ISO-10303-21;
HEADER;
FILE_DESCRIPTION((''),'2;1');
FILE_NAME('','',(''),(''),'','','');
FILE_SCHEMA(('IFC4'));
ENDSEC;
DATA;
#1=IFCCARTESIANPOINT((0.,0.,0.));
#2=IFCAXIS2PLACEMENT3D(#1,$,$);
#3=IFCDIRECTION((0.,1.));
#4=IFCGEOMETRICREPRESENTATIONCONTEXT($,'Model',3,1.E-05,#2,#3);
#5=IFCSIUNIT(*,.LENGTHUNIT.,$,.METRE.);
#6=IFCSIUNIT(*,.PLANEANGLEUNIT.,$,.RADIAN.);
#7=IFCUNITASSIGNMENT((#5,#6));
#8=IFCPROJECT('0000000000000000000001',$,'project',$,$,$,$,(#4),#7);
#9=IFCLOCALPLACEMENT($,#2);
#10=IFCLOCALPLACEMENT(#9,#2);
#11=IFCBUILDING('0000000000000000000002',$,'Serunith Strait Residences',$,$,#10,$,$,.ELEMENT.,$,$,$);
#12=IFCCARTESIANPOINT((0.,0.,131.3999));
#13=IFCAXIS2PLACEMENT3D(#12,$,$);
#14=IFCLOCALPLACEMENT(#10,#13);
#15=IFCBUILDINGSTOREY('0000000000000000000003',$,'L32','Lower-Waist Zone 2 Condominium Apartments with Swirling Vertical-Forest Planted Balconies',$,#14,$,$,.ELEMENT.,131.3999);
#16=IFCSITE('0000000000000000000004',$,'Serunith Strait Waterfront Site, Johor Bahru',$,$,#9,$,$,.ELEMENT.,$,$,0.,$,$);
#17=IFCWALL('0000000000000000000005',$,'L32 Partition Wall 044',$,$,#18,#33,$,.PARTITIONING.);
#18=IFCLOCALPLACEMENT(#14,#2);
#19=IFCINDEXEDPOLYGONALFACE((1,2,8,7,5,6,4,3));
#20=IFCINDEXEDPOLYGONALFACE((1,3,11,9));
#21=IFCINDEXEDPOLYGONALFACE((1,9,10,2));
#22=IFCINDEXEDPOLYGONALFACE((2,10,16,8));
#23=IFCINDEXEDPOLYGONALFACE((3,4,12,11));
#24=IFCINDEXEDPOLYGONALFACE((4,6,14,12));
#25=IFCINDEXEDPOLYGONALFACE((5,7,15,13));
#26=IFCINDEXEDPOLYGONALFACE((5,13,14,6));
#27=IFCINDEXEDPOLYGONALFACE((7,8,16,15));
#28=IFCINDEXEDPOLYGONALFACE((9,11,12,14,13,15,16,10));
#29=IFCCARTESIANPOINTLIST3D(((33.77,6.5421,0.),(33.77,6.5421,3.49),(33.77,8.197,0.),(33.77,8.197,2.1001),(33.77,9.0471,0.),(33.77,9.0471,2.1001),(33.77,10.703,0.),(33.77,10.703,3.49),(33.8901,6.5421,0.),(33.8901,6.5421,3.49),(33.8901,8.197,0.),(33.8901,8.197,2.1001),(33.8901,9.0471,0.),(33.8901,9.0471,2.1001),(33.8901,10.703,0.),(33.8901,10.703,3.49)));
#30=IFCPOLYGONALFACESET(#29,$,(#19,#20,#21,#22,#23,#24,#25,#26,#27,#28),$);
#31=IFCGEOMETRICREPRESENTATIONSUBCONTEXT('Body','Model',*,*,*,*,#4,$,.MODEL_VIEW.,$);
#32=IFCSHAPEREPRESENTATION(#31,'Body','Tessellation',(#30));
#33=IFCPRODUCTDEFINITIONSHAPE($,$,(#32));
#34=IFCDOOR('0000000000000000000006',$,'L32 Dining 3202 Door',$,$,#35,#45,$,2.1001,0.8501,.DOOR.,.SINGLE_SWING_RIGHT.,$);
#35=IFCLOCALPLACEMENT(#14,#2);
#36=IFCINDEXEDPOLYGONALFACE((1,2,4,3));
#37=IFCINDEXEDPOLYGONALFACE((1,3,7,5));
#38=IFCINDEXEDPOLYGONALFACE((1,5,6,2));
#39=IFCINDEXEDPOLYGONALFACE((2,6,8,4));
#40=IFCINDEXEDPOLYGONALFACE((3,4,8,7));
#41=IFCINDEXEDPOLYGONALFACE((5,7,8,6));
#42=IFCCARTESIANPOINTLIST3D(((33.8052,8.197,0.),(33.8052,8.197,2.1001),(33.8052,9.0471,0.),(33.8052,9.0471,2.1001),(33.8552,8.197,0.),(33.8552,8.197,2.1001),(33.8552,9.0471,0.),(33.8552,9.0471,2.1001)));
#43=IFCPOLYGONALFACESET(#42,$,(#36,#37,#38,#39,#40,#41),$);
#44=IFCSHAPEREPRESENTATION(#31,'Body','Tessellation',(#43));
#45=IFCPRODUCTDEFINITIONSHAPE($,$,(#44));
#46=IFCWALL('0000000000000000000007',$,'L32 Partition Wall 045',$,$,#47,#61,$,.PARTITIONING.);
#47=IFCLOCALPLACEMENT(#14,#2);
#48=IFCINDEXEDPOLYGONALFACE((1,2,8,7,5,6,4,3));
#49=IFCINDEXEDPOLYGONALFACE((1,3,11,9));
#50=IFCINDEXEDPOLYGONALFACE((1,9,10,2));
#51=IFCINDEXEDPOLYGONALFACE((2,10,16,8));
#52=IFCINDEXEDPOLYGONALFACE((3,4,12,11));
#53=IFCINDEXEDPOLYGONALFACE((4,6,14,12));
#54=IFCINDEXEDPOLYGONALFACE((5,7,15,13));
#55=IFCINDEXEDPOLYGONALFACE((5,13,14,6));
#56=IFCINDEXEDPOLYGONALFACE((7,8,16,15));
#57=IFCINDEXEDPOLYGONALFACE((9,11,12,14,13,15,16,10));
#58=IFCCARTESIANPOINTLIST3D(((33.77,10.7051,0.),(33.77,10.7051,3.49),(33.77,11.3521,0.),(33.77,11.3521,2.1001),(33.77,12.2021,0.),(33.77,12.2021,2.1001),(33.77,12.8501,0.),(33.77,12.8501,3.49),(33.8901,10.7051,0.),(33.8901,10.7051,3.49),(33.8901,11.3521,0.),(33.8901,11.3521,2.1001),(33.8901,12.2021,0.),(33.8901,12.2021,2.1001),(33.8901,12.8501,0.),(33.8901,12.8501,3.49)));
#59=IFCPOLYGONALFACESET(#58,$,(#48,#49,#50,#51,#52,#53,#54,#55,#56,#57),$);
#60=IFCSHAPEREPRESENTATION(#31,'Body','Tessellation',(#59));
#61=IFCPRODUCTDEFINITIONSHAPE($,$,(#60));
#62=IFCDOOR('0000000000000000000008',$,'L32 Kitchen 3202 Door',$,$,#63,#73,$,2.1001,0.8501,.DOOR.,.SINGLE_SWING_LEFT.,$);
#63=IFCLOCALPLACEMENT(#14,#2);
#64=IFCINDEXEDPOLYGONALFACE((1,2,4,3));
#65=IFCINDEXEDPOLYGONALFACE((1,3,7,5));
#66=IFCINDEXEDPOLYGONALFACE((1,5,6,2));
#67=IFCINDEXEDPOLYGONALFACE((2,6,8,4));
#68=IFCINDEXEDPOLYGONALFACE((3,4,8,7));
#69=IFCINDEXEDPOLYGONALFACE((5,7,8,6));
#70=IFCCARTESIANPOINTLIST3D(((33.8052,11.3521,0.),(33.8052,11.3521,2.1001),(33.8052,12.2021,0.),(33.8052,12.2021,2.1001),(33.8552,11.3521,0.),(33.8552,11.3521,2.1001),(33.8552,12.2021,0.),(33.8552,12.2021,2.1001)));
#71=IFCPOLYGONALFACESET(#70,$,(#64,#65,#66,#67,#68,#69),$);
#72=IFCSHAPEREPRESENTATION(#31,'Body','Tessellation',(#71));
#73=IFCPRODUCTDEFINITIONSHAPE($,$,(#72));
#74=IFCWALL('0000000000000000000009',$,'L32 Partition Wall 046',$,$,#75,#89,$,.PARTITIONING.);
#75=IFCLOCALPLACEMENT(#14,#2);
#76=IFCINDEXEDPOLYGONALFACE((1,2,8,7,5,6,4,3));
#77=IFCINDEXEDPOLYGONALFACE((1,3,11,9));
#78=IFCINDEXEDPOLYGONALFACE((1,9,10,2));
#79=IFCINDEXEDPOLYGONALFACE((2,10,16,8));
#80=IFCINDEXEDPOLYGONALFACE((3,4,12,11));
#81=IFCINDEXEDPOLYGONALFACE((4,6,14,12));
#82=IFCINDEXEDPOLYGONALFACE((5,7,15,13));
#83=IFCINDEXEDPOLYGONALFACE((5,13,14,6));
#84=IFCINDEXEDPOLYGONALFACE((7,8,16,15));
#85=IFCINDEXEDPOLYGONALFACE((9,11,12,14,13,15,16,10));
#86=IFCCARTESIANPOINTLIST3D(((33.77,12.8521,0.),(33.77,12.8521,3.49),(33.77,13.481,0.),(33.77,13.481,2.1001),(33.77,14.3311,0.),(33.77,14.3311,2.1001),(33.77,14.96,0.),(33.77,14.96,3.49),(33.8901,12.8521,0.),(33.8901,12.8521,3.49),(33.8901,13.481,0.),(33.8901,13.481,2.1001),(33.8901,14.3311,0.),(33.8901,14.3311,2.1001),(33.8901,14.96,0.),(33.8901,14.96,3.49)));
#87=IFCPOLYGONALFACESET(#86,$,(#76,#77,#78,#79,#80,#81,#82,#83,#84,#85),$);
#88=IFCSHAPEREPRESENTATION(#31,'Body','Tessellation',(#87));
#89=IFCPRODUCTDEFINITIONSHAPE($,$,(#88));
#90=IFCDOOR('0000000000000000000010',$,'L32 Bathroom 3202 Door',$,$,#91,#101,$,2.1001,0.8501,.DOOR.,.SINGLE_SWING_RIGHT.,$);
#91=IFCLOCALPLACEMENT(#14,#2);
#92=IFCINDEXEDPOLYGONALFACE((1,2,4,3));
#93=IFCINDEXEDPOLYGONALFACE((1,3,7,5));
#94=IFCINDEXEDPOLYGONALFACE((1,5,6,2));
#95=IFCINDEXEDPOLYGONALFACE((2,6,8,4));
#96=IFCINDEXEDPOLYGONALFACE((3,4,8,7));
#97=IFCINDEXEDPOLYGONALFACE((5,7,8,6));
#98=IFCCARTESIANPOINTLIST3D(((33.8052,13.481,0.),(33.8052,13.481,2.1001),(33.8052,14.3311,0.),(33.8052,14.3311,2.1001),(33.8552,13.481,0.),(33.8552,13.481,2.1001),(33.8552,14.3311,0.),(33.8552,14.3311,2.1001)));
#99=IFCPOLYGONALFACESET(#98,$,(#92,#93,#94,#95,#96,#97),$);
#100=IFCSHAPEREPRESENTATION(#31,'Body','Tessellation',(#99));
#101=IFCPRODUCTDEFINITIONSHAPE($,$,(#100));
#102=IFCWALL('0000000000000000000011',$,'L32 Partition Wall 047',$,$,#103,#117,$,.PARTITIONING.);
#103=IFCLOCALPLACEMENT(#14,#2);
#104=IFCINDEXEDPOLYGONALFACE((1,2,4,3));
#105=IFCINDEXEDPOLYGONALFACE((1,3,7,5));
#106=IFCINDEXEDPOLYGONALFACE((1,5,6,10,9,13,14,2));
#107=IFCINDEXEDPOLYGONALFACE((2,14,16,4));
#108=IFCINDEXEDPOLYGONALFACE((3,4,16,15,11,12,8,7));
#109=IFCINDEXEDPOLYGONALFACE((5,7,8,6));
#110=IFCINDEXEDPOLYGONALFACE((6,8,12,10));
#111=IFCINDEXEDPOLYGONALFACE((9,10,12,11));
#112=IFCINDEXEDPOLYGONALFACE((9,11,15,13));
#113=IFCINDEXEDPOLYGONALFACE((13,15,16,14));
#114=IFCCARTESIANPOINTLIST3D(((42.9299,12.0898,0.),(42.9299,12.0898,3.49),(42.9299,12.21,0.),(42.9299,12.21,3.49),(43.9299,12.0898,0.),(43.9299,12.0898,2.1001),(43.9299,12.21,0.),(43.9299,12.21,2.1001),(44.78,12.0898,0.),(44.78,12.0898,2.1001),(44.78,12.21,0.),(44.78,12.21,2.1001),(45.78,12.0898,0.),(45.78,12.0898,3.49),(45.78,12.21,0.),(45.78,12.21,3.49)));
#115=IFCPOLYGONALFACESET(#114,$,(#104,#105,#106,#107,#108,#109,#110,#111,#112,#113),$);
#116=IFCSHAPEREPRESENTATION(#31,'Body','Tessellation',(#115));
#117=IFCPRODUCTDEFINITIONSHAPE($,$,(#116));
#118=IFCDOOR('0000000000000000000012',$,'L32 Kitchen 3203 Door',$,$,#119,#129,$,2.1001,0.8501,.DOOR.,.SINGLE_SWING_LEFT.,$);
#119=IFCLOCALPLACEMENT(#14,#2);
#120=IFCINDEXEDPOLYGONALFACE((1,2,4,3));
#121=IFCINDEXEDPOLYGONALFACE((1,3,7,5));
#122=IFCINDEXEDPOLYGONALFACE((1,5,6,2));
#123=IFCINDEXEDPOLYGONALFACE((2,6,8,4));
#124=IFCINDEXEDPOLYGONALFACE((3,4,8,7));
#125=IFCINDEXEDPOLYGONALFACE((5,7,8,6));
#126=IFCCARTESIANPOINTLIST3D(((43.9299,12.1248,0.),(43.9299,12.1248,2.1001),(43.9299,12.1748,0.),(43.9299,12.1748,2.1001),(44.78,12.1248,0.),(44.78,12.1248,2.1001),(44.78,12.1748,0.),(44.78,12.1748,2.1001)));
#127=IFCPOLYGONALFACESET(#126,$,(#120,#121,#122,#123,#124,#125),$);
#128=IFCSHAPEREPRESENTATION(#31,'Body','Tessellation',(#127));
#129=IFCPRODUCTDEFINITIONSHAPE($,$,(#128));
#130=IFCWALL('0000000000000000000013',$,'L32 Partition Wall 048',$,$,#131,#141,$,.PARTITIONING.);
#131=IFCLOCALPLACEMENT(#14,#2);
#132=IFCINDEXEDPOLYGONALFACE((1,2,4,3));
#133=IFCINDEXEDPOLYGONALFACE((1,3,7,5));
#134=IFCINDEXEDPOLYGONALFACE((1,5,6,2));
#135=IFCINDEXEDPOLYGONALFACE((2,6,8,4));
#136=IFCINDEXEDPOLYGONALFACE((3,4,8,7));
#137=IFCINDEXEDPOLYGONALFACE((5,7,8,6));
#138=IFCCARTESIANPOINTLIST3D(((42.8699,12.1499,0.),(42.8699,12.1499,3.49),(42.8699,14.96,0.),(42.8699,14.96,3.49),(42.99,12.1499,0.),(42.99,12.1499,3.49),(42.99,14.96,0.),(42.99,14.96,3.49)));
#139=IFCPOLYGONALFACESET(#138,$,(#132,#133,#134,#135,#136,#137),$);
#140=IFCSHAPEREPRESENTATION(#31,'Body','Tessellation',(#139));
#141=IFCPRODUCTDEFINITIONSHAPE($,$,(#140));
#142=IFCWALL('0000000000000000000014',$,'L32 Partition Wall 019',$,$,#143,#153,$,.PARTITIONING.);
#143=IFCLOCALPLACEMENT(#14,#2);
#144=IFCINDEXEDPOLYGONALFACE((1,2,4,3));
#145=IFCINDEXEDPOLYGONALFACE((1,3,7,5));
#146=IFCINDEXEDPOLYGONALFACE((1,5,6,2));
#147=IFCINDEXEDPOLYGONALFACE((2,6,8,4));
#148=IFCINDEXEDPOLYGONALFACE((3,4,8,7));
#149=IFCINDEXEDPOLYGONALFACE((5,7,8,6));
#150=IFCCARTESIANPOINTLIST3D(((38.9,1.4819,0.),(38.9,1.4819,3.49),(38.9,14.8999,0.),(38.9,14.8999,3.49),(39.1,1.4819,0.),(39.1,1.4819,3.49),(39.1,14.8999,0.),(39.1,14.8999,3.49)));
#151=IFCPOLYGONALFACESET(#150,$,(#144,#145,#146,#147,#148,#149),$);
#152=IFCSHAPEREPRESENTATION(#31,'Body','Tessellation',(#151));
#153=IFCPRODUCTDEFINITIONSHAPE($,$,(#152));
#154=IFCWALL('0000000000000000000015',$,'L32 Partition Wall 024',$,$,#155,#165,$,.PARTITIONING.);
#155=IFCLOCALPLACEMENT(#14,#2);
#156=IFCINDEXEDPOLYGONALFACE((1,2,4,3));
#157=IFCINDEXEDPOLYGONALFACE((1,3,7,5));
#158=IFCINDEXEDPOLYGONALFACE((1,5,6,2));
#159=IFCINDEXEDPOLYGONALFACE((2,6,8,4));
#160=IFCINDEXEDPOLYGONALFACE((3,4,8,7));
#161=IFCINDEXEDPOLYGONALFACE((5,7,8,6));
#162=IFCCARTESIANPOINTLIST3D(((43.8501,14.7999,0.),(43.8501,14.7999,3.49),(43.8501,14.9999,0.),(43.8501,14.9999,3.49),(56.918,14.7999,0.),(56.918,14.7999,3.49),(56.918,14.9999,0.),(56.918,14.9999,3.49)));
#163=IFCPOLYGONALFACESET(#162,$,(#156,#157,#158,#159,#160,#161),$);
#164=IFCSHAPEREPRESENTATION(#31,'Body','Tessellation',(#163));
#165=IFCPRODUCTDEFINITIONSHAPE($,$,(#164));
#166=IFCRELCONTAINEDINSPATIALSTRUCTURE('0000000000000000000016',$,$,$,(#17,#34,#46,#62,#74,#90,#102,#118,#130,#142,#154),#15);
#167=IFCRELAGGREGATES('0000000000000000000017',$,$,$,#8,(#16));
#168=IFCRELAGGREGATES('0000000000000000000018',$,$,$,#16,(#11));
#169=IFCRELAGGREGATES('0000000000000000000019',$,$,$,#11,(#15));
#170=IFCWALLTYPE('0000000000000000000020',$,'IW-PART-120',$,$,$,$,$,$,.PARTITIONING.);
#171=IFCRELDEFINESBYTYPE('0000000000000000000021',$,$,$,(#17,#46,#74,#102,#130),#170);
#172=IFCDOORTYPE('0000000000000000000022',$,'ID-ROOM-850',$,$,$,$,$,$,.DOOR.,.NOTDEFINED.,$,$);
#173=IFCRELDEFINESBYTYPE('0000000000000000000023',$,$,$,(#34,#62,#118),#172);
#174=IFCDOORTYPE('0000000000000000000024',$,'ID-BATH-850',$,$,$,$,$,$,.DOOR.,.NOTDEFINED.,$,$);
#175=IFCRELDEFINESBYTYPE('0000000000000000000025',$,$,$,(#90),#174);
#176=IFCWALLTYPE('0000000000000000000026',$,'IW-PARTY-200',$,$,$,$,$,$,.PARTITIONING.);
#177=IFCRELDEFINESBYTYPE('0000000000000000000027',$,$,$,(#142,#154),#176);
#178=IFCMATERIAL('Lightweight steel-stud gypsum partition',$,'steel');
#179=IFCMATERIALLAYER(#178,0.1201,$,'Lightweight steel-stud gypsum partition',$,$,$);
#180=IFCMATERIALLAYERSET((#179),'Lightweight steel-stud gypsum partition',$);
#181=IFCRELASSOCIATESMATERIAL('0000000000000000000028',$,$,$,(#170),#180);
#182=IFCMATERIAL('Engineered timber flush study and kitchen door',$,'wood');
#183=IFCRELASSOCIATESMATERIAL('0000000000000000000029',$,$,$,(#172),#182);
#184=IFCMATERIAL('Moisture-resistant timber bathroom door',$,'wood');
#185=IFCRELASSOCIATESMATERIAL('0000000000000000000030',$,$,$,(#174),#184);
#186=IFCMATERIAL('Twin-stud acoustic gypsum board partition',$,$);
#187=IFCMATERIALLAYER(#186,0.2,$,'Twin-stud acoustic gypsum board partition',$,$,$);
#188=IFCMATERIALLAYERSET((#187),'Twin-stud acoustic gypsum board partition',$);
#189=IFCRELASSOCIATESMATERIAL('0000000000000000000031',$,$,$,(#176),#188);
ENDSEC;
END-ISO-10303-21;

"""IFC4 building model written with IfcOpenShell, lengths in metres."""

from ifc_helpers import new_model, si_unit, direction, frame, frame_2d, origin, place, context, subcontext, project, spatial, rectangle, extrude, source, transform, mapped, material, layer, layer_set, type_object, element, fill, save


model = new_model("IFC4")

# Units and contexts
model_context = context("Model", 3, precision=1e-05, world=origin(), true_north=direction((0.0, 1.0)))
body_context = subcontext(model_context, "Body", "Model", "MODEL_VIEW")
ifc_project = project(units=[si_unit("LENGTHUNIT", "METRE"), si_unit("PLANEANGLEUNIT", "RADIAN")], contexts=[model_context])

# Site, building, storey
site_placement = place(None, origin())
site = spatial("IfcSite", under=ifc_project, at=site_placement, Name="Serunith Strait Waterfront Site, Johor Bahru", CompositionType="ELEMENT", RefElevation=0.0)
building_placement = place(site_placement, origin())
building = spatial("IfcBuilding", under=site, at=building_placement, Name="Serunith Strait Residences", CompositionType="ELEMENT")
storey_placement = place(building_placement, frame((0.0, 0.0, 131.3999)))
storey = spatial("IfcBuildingStorey", under=building, at=storey_placement, Name="L32", Description="Lower-Waist Zone 2 Condominium Apartments with Swirling Vertical-Forest Planted Balconies", CompositionType="ELEMENT", Elevation=131.3999)

# Walls, openings, doors
ifc_material_1 = material(Name="Lightweight steel-stud gypsum partition", Category="steel")
ifc_layer_1 = layer(ifc_material_1, 0.1201, Name="Lightweight steel-stud gypsum partition")
ifc_layer_set_1 = layer_set([ifc_layer_1], Name="Lightweight steel-stud gypsum partition")
wall_type_1 = type_object("IfcWallType", Name="IW-PART-120", PredefinedType="PARTITIONING", material=ifc_layer_set_1)
wall_1_placement = place(storey_placement, frame((33.8301, 6.542, 0.0), z_axis=(0.0, 0.0, 1.0), x_axis=(0.0, 1.0, 0.0)))
wall_1 = element("IfcWall", 1, at=wall_1_placement, inside=storey, type_object=wall_type_1, Name="L32 Partition Wall 044", PredefinedType="PARTITIONING", context=body_context, shape_type="SweptSolid", body=[
    extrude(rectangle(XDim=4.1609, YDim=0.1201, at=frame_2d((2.0806, 0.0))), origin(), (0.0, 0.0, 1.0), 3.49),
])
opening_1_placement = place(wall_1_placement, frame((1.655, 0.0, 0.0)))
opening_1 = element("IfcOpeningElement", 2, at=opening_1_placement, cuts=wall_1, PredefinedType="OPENING", context=body_context, shape_type="SweptSolid", body=[
    extrude(rectangle(XDim=0.8501, YDim=2.1001, at=frame_2d((0.425, 1.05))), frame((0.0, 0.0701, 0.0), z_axis=(0.0, -1.0, 0.0), x_axis=(1.0, 0.0, 0.0)), (0.0, 0.0, 1.0), 0.1401),
])
ifc_material_2 = material(Name="Engineered timber flush study and kitchen door", Category="wood")
door_type_1 = type_object("IfcDoorType", Name="ID-ROOM-850", OperationType="NOTDEFINED", PredefinedType="DOOR", material=ifc_material_2)
shared_shape_1 = source(origin(), body_context, "Body", "SweptSolid", [
    extrude(rectangle(XDim=0.8501, YDim=2.1001, at=frame_2d((0.425, 1.05))), frame((0.0, 0.0249, 0.0), z_axis=(0.0, -1.0, 0.0), x_axis=(1.0, 0.0, 0.0)), (0.0, 0.0, 1.0), 0.05),
])
door_1_placement = place(opening_1_placement, origin())
door_1 = element("IfcDoor", 3, at=door_1_placement, inside=storey, type_object=door_type_1, Name="L32 Dining 3202 Door", OperationType="SINGLE_SWING_RIGHT", OverallHeight=2.1001, OverallWidth=0.8501, PredefinedType="DOOR", context=body_context, shape_type="MappedRepresentation", body=[
    mapped(shared_shape_1, transform((0.0, 0.0, 0.0), scale=1.0)),
])
fill(opening_1, door_1)
wall_2_placement = place(storey_placement, frame((33.8301, 10.7051, 0.0), z_axis=(0.0, 0.0, 1.0), x_axis=(0.0, 1.0, 0.0)))
wall_2 = element("IfcWall", 4, at=wall_2_placement, inside=storey, type_object=wall_type_1, Name="L32 Partition Wall 045", PredefinedType="PARTITIONING", context=body_context, shape_type="SweptSolid", body=[
    extrude(rectangle(XDim=2.145, YDim=0.1201, at=frame_2d((1.0725, 0.0))), origin(), (0.0, 0.0, 1.0), 3.49),
])
opening_2_placement = place(wall_2_placement, frame((0.647, 0.0, 0.0)))
opening_2 = element("IfcOpeningElement", 5, at=opening_2_placement, cuts=wall_2, PredefinedType="OPENING", context=body_context, shape_type="SweptSolid", body=[
    extrude(rectangle(XDim=0.8501, YDim=2.1001, at=frame_2d((0.425, 1.05))), frame((0.0, 0.0701, 0.0), z_axis=(0.0, -1.0, 0.0), x_axis=(1.0, 0.0, 0.0)), (0.0, 0.0, 1.0), 0.1401),
])
door_2_placement = place(opening_2_placement, origin())
door_2 = element("IfcDoor", 6, at=door_2_placement, inside=storey, type_object=door_type_1, Name="L32 Kitchen 3202 Door", OperationType="SINGLE_SWING_LEFT", OverallHeight=2.1001, OverallWidth=0.8501, PredefinedType="DOOR", context=body_context, shape_type="MappedRepresentation", body=[
    mapped(shared_shape_1, transform((0.0, 0.0, 0.0), scale=1.0)),
])
fill(opening_2, door_2)
wall_3_placement = place(storey_placement, frame((33.8301, 12.8521, 0.0), z_axis=(0.0, 0.0, 1.0), x_axis=(0.0, 1.0, 0.0)))
wall_3 = element("IfcWall", 7, at=wall_3_placement, inside=storey, type_object=wall_type_1, Name="L32 Partition Wall 046", PredefinedType="PARTITIONING", context=body_context, shape_type="SweptSolid", body=[
    extrude(rectangle(XDim=2.1079, YDim=0.1201, at=frame_2d((1.054, 0.0))), origin(), (0.0, 0.0, 1.0), 3.49),
])
opening_3_placement = place(wall_3_placement, frame((0.6289, 0.0, 0.0)))
opening_3 = element("IfcOpeningElement", 8, at=opening_3_placement, cuts=wall_3, PredefinedType="OPENING", context=body_context, shape_type="SweptSolid", body=[
    extrude(rectangle(XDim=0.8501, YDim=2.1001, at=frame_2d((0.425, 1.05))), frame((0.0, 0.0701, 0.0), z_axis=(0.0, -1.0, 0.0), x_axis=(1.0, 0.0, 0.0)), (0.0, 0.0, 1.0), 0.1401),
])
ifc_material_3 = material(Name="Moisture-resistant timber bathroom door", Category="wood")
door_type_2 = type_object("IfcDoorType", Name="ID-BATH-850", OperationType="NOTDEFINED", PredefinedType="DOOR", material=ifc_material_3)
door_3_placement = place(opening_3_placement, origin())
door_3 = element("IfcDoor", 9, at=door_3_placement, inside=storey, type_object=door_type_2, Name="L32 Bathroom 3202 Door", OperationType="SINGLE_SWING_RIGHT", OverallHeight=2.1001, OverallWidth=0.8501, PredefinedType="DOOR", context=body_context, shape_type="MappedRepresentation", body=[
    mapped(shared_shape_1, transform((0.0, 0.0, 0.0), scale=1.0)),
])
fill(opening_3, door_3)
wall_4_placement = place(storey_placement, frame((42.9299, 12.1499, 0.0), z_axis=(0.0, 0.0, 1.0), x_axis=(1.0, 0.0, 0.0)))
wall_4 = element("IfcWall", 10, at=wall_4_placement, inside=storey, type_object=wall_type_1, Name="L32 Partition Wall 047", PredefinedType="PARTITIONING", context=body_context, shape_type="SweptSolid", body=[
    extrude(rectangle(XDim=2.8501, YDim=0.1201, at=frame_2d((1.425, 0.0))), origin(), (0.0, 0.0, 1.0), 3.49),
])
opening_4_placement = place(wall_4_placement, frame((1.0, 0.0, 0.0)))
opening_4 = element("IfcOpeningElement", 11, at=opening_4_placement, cuts=wall_4, PredefinedType="OPENING", context=body_context, shape_type="SweptSolid", body=[
    extrude(rectangle(XDim=0.8501, YDim=2.1001, at=frame_2d((0.425, 1.05))), frame((0.0, 0.0701, 0.0), z_axis=(0.0, -1.0, 0.0), x_axis=(1.0, 0.0, 0.0)), (0.0, 0.0, 1.0), 0.1401),
])
door_4_placement = place(opening_4_placement, origin())
door_4 = element("IfcDoor", 12, at=door_4_placement, inside=storey, type_object=door_type_1, Name="L32 Kitchen 3203 Door", OperationType="SINGLE_SWING_LEFT", OverallHeight=2.1001, OverallWidth=0.8501, PredefinedType="DOOR", context=body_context, shape_type="MappedRepresentation", body=[
    mapped(shared_shape_1, transform((0.0, 0.0, 0.0), scale=1.0)),
])
fill(opening_4, door_4)

# Walls
wall_5_placement = place(storey_placement, frame((42.9299, 12.1499, 0.0), z_axis=(0.0, 0.0, 1.0), x_axis=(0.0, 1.0, 0.0)))
element("IfcWall", 13, at=wall_5_placement, inside=storey, type_object=wall_type_1, Name="L32 Partition Wall 048", PredefinedType="PARTITIONING", context=body_context, shape_type="SweptSolid", body=[
    extrude(rectangle(XDim=2.8101, YDim=0.1201, at=frame_2d((1.405, 0.0))), origin(), (0.0, 0.0, 1.0), 3.49),
])
ifc_material_4 = material(Name="Twin-stud acoustic gypsum board partition")
ifc_layer_2 = layer(ifc_material_4, 0.2, Name="Twin-stud acoustic gypsum board partition")
ifc_layer_set_2 = layer_set([ifc_layer_2], Name="Twin-stud acoustic gypsum board partition")
wall_type_2 = type_object("IfcWallType", Name="IW-PARTY-200", PredefinedType="PARTITIONING", material=ifc_layer_set_2)
wall_6_placement = place(storey_placement, frame((39.0, 1.4819, 0.0), z_axis=(0.0, 0.0, 1.0), x_axis=(0.0, 1.0, 0.0)))
element("IfcWall", 14, at=wall_6_placement, inside=storey, type_object=wall_type_2, Name="L32 Partition Wall 019", PredefinedType="PARTITIONING", context=body_context, shape_type="SweptSolid", body=[
    extrude(rectangle(XDim=13.418, YDim=0.2, at=frame_2d((6.709, 0.0))), origin(), (0.0, 0.0, 1.0), 3.49),
])
wall_7_placement = place(storey_placement, frame((43.8501, 14.8999, 0.0), z_axis=(0.0, 0.0, 1.0), x_axis=(1.0, 0.0, 0.0)))
element("IfcWall", 15, at=wall_7_placement, inside=storey, type_object=wall_type_2, Name="L32 Partition Wall 024", PredefinedType="PARTITIONING", context=body_context, shape_type="SweptSolid", body=[
    extrude(rectangle(XDim=13.0679, YDim=0.2, at=frame_2d((6.5339, 0.0))), origin(), (0.0, 0.0, 1.0), 3.49),
])

save(model, "model.ifc")
